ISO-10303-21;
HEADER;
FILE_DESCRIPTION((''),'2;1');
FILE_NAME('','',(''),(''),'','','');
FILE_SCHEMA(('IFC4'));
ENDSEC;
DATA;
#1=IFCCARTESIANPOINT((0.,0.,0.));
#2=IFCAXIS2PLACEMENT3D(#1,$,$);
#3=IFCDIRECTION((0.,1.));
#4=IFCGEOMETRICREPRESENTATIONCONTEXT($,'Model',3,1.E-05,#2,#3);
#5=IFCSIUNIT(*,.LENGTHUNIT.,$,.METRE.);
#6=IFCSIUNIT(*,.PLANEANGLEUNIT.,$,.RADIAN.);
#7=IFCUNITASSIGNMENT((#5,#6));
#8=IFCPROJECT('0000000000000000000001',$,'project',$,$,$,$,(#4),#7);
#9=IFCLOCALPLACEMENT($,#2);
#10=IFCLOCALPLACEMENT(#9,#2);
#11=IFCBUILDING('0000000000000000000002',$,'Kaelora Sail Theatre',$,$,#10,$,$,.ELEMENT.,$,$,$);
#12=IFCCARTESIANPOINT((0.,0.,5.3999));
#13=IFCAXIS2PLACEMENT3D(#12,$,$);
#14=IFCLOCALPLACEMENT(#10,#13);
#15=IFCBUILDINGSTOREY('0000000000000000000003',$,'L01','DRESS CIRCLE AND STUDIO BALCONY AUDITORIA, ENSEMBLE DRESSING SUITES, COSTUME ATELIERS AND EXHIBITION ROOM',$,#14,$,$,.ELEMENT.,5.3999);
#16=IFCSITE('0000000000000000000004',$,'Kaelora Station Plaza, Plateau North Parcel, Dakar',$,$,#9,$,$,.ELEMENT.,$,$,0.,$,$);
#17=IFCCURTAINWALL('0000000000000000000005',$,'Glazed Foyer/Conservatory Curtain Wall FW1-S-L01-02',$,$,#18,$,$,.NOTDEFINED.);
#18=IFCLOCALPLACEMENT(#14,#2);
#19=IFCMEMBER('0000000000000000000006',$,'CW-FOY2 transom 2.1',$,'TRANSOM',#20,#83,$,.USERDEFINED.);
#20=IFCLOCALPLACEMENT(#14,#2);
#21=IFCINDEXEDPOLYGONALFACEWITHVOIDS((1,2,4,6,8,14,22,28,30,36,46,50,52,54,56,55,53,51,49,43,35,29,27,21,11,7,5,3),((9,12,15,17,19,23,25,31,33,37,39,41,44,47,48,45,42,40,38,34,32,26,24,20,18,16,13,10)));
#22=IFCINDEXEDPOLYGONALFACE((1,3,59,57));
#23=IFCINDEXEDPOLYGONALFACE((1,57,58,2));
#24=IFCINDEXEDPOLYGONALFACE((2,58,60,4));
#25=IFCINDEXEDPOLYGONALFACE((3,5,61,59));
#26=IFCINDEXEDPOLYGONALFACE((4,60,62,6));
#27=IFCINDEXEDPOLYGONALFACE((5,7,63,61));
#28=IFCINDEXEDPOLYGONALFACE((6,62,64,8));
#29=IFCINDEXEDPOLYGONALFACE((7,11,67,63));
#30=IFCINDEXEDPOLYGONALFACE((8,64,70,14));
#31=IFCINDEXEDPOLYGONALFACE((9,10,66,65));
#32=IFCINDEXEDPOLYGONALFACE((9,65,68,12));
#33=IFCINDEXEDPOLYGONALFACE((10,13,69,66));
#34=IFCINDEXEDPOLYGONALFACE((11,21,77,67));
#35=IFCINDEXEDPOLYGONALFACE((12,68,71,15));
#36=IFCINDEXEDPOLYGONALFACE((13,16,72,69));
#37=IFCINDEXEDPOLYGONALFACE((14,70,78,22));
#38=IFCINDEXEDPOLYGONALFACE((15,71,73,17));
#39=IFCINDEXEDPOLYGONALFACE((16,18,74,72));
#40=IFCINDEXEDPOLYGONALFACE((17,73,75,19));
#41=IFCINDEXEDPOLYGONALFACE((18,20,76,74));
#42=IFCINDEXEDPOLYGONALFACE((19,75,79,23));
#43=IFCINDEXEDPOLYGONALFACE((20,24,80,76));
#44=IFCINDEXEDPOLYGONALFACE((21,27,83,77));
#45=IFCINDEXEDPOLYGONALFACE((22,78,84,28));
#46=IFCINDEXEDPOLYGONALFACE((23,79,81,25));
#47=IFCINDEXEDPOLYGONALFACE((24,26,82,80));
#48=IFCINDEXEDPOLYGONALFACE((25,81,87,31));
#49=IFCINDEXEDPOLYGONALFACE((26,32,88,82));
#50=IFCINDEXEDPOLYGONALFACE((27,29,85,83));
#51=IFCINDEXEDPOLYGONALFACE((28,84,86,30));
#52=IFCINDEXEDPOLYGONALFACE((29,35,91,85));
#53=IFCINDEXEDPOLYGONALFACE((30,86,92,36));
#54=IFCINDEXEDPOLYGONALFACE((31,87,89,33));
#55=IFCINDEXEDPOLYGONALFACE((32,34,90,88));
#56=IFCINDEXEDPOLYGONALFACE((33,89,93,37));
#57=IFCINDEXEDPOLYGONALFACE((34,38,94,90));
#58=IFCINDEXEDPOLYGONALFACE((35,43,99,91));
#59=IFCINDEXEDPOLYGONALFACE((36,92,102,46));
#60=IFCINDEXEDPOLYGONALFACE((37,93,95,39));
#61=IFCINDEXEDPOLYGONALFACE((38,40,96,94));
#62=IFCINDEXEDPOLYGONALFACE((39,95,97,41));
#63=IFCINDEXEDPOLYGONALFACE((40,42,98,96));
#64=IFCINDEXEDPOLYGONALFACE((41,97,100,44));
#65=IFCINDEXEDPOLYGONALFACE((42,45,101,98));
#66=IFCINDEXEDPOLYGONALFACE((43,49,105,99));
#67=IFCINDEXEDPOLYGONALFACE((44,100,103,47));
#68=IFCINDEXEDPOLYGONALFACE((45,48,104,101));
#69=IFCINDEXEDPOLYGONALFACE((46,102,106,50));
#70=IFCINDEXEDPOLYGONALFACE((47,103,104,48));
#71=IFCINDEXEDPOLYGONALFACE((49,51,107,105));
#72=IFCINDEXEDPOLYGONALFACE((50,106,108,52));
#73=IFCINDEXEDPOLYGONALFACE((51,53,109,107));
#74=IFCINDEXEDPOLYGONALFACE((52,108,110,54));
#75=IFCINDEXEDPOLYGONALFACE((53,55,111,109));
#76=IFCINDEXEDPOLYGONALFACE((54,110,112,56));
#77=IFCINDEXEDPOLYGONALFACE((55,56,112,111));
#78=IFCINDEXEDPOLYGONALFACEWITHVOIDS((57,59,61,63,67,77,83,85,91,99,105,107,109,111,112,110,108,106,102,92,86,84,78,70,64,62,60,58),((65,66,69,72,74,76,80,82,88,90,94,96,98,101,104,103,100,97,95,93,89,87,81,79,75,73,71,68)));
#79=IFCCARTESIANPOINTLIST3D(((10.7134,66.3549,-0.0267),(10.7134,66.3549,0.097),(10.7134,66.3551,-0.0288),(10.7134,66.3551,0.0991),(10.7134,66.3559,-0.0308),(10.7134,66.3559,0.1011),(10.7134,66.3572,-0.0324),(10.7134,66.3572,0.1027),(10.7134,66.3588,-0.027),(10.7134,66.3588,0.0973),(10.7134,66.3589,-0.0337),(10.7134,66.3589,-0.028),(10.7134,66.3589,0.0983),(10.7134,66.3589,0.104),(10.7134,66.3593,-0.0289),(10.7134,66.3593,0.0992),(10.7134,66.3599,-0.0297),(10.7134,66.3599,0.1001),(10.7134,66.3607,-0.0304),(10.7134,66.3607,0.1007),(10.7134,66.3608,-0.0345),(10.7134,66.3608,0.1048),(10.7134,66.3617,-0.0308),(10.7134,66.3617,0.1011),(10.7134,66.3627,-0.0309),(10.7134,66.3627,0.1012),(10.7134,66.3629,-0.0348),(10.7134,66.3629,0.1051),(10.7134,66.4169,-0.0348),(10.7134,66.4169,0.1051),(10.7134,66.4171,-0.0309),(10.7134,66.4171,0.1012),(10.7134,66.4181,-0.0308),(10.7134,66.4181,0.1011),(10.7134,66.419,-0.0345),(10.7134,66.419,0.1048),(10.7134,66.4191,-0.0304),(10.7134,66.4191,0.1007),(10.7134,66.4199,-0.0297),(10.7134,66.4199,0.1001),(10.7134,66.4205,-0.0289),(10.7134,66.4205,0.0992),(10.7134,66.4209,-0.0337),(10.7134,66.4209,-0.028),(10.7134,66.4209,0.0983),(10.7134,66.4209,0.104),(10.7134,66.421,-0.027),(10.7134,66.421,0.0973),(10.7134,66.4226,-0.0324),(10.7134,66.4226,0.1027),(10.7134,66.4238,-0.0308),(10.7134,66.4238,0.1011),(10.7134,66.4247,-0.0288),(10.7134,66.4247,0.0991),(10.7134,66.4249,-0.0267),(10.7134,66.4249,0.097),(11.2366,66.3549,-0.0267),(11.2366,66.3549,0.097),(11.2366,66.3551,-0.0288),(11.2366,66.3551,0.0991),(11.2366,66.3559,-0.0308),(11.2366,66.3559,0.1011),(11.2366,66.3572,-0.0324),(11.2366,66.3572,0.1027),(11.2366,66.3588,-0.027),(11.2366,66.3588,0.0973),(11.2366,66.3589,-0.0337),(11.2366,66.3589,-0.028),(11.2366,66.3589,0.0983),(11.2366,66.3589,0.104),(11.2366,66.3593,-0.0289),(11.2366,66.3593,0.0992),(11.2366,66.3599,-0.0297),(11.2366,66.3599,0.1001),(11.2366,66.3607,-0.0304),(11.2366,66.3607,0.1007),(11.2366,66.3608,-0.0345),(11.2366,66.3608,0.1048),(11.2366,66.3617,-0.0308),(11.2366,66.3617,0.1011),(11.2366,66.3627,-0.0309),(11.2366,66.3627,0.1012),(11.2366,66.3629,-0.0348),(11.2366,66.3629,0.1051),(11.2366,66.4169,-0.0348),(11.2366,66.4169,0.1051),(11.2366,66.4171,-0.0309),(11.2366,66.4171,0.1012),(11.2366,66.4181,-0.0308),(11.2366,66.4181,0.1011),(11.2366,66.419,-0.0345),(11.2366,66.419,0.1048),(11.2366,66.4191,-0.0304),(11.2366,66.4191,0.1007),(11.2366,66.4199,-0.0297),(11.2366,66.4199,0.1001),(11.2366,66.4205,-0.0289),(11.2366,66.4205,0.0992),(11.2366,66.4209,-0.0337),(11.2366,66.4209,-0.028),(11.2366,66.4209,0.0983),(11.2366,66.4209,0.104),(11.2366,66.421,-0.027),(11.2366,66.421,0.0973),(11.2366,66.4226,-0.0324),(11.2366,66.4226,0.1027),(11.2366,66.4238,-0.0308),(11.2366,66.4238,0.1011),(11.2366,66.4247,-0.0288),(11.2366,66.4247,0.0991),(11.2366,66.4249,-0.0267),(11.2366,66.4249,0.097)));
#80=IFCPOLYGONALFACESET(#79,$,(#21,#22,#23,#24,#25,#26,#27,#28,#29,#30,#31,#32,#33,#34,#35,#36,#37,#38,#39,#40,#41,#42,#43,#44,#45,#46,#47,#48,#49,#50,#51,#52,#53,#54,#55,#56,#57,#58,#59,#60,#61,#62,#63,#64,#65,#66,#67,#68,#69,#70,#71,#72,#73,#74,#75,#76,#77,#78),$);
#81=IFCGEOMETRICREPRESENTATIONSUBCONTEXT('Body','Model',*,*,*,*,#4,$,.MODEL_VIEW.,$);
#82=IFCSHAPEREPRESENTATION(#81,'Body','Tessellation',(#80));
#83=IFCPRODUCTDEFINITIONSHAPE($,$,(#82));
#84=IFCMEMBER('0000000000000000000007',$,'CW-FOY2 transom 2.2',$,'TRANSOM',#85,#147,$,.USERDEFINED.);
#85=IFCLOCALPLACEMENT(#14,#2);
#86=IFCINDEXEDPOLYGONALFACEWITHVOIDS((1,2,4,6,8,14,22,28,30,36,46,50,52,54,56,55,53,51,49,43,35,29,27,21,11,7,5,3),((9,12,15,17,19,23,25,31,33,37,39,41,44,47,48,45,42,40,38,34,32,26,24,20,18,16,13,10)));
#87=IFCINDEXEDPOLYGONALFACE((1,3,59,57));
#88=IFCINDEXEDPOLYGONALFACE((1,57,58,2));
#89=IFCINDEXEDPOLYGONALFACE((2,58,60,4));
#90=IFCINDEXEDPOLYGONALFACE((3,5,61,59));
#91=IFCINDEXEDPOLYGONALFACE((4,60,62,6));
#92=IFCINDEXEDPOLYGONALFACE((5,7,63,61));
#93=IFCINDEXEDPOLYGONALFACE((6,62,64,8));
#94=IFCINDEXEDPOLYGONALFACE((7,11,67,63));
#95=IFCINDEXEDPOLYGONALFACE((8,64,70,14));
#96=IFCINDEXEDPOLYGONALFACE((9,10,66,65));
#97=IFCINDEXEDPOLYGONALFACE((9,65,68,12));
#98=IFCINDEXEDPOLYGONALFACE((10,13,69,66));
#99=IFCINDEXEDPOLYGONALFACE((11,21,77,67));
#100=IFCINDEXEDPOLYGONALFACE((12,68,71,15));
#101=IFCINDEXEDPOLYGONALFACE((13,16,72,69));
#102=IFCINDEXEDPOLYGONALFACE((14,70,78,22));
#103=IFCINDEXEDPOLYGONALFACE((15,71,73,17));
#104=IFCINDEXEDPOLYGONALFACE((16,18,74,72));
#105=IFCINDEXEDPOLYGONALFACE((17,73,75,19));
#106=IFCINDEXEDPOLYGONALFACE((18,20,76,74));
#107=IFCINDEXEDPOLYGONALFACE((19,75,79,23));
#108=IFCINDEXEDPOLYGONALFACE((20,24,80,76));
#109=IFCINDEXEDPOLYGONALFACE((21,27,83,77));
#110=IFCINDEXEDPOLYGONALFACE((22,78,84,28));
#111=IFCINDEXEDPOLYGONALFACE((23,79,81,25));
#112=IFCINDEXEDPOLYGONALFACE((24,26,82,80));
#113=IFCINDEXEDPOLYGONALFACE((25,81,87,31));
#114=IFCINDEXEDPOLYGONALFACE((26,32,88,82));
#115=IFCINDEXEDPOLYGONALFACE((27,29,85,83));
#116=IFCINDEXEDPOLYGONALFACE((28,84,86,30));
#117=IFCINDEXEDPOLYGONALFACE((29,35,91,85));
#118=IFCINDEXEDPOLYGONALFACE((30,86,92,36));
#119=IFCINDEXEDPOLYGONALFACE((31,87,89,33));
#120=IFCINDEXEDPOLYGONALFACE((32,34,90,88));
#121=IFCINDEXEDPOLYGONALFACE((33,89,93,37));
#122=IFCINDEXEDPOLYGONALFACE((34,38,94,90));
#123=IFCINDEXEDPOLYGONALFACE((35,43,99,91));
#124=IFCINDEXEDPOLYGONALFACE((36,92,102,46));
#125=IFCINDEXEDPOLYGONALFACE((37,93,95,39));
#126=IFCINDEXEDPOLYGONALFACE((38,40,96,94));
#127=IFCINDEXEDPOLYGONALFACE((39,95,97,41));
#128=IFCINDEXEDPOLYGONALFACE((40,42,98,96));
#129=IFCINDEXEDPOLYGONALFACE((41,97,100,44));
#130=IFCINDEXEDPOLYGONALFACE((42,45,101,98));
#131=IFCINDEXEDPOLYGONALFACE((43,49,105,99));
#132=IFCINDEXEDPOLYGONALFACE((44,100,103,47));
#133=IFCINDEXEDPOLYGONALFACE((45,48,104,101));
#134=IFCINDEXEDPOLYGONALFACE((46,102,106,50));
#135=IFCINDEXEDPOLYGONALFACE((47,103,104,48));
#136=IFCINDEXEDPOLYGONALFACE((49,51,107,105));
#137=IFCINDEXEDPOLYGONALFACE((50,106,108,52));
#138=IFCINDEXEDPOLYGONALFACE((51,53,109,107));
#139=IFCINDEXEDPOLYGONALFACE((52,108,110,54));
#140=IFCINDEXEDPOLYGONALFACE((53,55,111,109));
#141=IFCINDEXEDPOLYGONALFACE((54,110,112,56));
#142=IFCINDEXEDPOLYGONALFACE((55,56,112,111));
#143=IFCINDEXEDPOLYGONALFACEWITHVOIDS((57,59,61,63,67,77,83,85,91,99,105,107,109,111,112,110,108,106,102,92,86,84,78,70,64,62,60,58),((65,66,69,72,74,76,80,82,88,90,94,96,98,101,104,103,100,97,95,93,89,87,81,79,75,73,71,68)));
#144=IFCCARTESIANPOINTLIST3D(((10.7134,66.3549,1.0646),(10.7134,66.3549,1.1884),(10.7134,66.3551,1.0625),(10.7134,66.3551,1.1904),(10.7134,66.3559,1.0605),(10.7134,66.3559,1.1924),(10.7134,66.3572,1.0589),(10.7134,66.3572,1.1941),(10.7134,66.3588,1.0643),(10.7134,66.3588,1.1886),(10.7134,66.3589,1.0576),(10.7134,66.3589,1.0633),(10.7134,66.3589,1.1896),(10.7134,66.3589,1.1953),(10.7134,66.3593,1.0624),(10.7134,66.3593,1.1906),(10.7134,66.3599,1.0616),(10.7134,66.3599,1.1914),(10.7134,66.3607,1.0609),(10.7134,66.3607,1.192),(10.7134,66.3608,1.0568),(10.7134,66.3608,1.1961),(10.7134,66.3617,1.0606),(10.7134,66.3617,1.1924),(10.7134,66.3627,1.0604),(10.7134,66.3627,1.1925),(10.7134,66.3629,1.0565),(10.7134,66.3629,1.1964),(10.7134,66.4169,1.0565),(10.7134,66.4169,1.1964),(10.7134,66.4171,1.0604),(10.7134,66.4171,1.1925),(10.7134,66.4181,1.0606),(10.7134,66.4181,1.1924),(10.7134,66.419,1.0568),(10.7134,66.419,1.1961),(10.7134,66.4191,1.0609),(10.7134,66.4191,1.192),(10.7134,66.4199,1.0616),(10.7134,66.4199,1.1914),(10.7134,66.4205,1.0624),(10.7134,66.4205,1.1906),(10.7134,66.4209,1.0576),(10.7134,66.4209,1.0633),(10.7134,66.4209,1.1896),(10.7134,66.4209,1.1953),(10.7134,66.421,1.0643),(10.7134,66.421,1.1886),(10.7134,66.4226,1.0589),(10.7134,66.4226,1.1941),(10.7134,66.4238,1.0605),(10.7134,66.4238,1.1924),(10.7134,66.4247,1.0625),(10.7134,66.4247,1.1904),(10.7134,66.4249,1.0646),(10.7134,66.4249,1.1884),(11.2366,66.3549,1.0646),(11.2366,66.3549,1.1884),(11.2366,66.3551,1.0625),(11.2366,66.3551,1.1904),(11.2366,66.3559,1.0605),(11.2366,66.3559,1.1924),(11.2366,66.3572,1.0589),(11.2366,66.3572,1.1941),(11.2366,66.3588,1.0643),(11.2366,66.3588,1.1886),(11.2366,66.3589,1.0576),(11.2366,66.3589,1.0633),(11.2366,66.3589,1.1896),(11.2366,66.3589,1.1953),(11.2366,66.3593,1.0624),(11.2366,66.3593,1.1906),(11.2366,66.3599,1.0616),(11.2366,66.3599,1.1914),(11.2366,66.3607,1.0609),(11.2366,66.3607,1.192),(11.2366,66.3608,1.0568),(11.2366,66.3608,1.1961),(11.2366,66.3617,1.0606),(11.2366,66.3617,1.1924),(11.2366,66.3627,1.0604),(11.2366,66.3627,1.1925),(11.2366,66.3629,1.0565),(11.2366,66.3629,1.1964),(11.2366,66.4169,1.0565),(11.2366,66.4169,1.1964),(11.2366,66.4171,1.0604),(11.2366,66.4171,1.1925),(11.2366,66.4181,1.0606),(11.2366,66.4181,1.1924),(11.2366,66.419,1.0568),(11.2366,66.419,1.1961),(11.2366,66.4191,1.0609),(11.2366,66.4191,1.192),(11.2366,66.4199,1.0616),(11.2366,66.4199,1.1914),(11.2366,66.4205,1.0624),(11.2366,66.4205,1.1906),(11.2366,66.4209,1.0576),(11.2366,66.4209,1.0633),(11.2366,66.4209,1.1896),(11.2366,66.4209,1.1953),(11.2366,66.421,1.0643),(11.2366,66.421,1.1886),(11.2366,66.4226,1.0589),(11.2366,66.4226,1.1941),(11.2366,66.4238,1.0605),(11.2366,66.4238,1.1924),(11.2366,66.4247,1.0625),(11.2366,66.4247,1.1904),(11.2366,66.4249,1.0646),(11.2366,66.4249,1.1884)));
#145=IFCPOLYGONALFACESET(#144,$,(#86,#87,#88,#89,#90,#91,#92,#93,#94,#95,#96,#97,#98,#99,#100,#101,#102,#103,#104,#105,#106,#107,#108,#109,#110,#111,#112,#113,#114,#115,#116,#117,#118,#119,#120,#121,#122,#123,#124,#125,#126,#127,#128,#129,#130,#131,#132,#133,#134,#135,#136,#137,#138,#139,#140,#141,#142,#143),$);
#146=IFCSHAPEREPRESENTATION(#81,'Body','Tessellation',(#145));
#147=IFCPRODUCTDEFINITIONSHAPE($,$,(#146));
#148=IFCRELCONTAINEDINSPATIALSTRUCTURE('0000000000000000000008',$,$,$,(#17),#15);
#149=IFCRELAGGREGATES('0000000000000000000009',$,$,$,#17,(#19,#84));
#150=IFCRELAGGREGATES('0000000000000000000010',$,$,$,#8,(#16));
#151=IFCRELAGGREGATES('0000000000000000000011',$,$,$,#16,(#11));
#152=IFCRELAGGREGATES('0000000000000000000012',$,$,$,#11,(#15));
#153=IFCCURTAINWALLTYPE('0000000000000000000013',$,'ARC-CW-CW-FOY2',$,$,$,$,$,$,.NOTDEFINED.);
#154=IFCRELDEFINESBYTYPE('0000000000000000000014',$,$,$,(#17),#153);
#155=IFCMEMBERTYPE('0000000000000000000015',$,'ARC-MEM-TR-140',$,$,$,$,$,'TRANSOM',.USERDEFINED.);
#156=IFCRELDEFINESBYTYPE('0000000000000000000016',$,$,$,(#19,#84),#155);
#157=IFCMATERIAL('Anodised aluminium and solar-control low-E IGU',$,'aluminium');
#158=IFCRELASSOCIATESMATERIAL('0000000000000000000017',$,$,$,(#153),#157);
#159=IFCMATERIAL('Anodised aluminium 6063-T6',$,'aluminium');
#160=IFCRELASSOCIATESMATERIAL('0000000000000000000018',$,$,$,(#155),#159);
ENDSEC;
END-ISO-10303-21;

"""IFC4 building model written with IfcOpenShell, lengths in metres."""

from ifc_helpers import new_model, si_unit, direction, frame, origin, origin_2d, place, context, subcontext, project, spatial, hollow_rectangle, extrude, material, material_profile, profile_set, type_object, element, aggregate, save


model = new_model("IFC4")

# Units and contexts
model_context = context("Model", 3, precision=1e-05, world=origin(), true_north=direction((0.0, 1.0)))
body_context = subcontext(model_context, "Body", "Model", "MODEL_VIEW")
ifc_project = project(units=[si_unit("LENGTHUNIT", "METRE"), si_unit("PLANEANGLEUNIT", "RADIAN")], contexts=[model_context])

# Site, building, storey
site_placement = place(None, origin())
site = spatial("IfcSite", under=ifc_project, at=site_placement, Name="Kaelora Station Plaza, Plateau North Parcel, Dakar", CompositionType="ELEMENT", RefElevation=0.0)
building_placement = place(site_placement, origin())
building = spatial("IfcBuilding", under=site, at=building_placement, Name="Kaelora Sail Theatre", CompositionType="ELEMENT")
storey_placement = place(building_placement, frame((0.0, 0.0, 5.3999)))
storey = spatial("IfcBuildingStorey", under=building, at=storey_placement, Name="L01", Description="DRESS CIRCLE AND STUDIO BALCONY AUDITORIA, ENSEMBLE DRESSING SUITES, COSTUME ATELIERS AND EXHIBITION ROOM", CompositionType="ELEMENT", Elevation=5.3999)

# Curtain wall, members
ifc_material_1 = material(Name="Anodised aluminium and solar-control low-E IGU", Category="aluminium")
curtain_wall_type = type_object("IfcCurtainWallType", Name="ARC-CW-CW-FOY2", PredefinedType="NOTDEFINED", material=ifc_material_1)
curtain_wall_placement = place(storey_placement, origin())
curtain_wall = element("IfcCurtainWall", 1, at=curtain_wall_placement, inside=storey, type_object=curtain_wall_type, Name="Glazed Foyer/Conservatory Curtain Wall FW1-S-L01-02", PredefinedType="NOTDEFINED")
ifc_material_2 = material(Name="Anodised aluminium 6063-T6", Category="aluminium")
ifc_material_profile_1 = material_profile(ifc_material_2, hollow_rectangle(XDim=0.0701, YDim=0.1399, WallThickness=0.0039, InnerFilletRadius=0.0039, OuterFilletRadius=0.0081, at=origin_2d()), Name="ALU-TRAN 70x140x4")
ifc_profile_set_1 = profile_set([ifc_material_profile_1], Name="Anodised aluminium 6063-T6")
member_type_1 = type_object("IfcMemberType", Name="ARC-MEM-TR-140", ElementType="TRANSOM", PredefinedType="USERDEFINED", material=ifc_profile_set_1)
member_1_placement = place(storey_placement, frame((10.7134, 66.3899, 0.0352), z_axis=(1.0, 0.0, 0.0), x_axis=(0.0, 1.0, 0.0)))
member_1 = element("IfcMember", 2, at=member_1_placement, type_object=member_type_1, Name="CW-FOY2 transom 2.1", ObjectType="TRANSOM", PredefinedType="USERDEFINED", context=body_context, shape_type="SweptSolid", body=[
    extrude(hollow_rectangle(XDim=0.0701, YDim=0.1399, WallThickness=0.0039, InnerFilletRadius=0.0039, OuterFilletRadius=0.0081, at=origin_2d()), origin(), (0.0, 0.0, 1.0), 0.5232),
])
member_2_placement = place(storey_placement, frame((10.7134, 66.3899, 1.1265), z_axis=(1.0, 0.0, 0.0), x_axis=(0.0, 1.0, 0.0)))
member_2 = element("IfcMember", 3, at=member_2_placement, type_object=member_type_1, Name="CW-FOY2 transom 2.2", ObjectType="TRANSOM", PredefinedType="USERDEFINED", context=body_context, shape_type="SweptSolid", body=[
    extrude(hollow_rectangle(XDim=0.0701, YDim=0.1399, WallThickness=0.0039, InnerFilletRadius=0.0039, OuterFilletRadius=0.0081, at=origin_2d()), origin(), (0.0, 0.0, 1.0), 0.5232),
])

aggregate(curtain_wall, [member_1, member_2])

save(model, "model.ifc")
